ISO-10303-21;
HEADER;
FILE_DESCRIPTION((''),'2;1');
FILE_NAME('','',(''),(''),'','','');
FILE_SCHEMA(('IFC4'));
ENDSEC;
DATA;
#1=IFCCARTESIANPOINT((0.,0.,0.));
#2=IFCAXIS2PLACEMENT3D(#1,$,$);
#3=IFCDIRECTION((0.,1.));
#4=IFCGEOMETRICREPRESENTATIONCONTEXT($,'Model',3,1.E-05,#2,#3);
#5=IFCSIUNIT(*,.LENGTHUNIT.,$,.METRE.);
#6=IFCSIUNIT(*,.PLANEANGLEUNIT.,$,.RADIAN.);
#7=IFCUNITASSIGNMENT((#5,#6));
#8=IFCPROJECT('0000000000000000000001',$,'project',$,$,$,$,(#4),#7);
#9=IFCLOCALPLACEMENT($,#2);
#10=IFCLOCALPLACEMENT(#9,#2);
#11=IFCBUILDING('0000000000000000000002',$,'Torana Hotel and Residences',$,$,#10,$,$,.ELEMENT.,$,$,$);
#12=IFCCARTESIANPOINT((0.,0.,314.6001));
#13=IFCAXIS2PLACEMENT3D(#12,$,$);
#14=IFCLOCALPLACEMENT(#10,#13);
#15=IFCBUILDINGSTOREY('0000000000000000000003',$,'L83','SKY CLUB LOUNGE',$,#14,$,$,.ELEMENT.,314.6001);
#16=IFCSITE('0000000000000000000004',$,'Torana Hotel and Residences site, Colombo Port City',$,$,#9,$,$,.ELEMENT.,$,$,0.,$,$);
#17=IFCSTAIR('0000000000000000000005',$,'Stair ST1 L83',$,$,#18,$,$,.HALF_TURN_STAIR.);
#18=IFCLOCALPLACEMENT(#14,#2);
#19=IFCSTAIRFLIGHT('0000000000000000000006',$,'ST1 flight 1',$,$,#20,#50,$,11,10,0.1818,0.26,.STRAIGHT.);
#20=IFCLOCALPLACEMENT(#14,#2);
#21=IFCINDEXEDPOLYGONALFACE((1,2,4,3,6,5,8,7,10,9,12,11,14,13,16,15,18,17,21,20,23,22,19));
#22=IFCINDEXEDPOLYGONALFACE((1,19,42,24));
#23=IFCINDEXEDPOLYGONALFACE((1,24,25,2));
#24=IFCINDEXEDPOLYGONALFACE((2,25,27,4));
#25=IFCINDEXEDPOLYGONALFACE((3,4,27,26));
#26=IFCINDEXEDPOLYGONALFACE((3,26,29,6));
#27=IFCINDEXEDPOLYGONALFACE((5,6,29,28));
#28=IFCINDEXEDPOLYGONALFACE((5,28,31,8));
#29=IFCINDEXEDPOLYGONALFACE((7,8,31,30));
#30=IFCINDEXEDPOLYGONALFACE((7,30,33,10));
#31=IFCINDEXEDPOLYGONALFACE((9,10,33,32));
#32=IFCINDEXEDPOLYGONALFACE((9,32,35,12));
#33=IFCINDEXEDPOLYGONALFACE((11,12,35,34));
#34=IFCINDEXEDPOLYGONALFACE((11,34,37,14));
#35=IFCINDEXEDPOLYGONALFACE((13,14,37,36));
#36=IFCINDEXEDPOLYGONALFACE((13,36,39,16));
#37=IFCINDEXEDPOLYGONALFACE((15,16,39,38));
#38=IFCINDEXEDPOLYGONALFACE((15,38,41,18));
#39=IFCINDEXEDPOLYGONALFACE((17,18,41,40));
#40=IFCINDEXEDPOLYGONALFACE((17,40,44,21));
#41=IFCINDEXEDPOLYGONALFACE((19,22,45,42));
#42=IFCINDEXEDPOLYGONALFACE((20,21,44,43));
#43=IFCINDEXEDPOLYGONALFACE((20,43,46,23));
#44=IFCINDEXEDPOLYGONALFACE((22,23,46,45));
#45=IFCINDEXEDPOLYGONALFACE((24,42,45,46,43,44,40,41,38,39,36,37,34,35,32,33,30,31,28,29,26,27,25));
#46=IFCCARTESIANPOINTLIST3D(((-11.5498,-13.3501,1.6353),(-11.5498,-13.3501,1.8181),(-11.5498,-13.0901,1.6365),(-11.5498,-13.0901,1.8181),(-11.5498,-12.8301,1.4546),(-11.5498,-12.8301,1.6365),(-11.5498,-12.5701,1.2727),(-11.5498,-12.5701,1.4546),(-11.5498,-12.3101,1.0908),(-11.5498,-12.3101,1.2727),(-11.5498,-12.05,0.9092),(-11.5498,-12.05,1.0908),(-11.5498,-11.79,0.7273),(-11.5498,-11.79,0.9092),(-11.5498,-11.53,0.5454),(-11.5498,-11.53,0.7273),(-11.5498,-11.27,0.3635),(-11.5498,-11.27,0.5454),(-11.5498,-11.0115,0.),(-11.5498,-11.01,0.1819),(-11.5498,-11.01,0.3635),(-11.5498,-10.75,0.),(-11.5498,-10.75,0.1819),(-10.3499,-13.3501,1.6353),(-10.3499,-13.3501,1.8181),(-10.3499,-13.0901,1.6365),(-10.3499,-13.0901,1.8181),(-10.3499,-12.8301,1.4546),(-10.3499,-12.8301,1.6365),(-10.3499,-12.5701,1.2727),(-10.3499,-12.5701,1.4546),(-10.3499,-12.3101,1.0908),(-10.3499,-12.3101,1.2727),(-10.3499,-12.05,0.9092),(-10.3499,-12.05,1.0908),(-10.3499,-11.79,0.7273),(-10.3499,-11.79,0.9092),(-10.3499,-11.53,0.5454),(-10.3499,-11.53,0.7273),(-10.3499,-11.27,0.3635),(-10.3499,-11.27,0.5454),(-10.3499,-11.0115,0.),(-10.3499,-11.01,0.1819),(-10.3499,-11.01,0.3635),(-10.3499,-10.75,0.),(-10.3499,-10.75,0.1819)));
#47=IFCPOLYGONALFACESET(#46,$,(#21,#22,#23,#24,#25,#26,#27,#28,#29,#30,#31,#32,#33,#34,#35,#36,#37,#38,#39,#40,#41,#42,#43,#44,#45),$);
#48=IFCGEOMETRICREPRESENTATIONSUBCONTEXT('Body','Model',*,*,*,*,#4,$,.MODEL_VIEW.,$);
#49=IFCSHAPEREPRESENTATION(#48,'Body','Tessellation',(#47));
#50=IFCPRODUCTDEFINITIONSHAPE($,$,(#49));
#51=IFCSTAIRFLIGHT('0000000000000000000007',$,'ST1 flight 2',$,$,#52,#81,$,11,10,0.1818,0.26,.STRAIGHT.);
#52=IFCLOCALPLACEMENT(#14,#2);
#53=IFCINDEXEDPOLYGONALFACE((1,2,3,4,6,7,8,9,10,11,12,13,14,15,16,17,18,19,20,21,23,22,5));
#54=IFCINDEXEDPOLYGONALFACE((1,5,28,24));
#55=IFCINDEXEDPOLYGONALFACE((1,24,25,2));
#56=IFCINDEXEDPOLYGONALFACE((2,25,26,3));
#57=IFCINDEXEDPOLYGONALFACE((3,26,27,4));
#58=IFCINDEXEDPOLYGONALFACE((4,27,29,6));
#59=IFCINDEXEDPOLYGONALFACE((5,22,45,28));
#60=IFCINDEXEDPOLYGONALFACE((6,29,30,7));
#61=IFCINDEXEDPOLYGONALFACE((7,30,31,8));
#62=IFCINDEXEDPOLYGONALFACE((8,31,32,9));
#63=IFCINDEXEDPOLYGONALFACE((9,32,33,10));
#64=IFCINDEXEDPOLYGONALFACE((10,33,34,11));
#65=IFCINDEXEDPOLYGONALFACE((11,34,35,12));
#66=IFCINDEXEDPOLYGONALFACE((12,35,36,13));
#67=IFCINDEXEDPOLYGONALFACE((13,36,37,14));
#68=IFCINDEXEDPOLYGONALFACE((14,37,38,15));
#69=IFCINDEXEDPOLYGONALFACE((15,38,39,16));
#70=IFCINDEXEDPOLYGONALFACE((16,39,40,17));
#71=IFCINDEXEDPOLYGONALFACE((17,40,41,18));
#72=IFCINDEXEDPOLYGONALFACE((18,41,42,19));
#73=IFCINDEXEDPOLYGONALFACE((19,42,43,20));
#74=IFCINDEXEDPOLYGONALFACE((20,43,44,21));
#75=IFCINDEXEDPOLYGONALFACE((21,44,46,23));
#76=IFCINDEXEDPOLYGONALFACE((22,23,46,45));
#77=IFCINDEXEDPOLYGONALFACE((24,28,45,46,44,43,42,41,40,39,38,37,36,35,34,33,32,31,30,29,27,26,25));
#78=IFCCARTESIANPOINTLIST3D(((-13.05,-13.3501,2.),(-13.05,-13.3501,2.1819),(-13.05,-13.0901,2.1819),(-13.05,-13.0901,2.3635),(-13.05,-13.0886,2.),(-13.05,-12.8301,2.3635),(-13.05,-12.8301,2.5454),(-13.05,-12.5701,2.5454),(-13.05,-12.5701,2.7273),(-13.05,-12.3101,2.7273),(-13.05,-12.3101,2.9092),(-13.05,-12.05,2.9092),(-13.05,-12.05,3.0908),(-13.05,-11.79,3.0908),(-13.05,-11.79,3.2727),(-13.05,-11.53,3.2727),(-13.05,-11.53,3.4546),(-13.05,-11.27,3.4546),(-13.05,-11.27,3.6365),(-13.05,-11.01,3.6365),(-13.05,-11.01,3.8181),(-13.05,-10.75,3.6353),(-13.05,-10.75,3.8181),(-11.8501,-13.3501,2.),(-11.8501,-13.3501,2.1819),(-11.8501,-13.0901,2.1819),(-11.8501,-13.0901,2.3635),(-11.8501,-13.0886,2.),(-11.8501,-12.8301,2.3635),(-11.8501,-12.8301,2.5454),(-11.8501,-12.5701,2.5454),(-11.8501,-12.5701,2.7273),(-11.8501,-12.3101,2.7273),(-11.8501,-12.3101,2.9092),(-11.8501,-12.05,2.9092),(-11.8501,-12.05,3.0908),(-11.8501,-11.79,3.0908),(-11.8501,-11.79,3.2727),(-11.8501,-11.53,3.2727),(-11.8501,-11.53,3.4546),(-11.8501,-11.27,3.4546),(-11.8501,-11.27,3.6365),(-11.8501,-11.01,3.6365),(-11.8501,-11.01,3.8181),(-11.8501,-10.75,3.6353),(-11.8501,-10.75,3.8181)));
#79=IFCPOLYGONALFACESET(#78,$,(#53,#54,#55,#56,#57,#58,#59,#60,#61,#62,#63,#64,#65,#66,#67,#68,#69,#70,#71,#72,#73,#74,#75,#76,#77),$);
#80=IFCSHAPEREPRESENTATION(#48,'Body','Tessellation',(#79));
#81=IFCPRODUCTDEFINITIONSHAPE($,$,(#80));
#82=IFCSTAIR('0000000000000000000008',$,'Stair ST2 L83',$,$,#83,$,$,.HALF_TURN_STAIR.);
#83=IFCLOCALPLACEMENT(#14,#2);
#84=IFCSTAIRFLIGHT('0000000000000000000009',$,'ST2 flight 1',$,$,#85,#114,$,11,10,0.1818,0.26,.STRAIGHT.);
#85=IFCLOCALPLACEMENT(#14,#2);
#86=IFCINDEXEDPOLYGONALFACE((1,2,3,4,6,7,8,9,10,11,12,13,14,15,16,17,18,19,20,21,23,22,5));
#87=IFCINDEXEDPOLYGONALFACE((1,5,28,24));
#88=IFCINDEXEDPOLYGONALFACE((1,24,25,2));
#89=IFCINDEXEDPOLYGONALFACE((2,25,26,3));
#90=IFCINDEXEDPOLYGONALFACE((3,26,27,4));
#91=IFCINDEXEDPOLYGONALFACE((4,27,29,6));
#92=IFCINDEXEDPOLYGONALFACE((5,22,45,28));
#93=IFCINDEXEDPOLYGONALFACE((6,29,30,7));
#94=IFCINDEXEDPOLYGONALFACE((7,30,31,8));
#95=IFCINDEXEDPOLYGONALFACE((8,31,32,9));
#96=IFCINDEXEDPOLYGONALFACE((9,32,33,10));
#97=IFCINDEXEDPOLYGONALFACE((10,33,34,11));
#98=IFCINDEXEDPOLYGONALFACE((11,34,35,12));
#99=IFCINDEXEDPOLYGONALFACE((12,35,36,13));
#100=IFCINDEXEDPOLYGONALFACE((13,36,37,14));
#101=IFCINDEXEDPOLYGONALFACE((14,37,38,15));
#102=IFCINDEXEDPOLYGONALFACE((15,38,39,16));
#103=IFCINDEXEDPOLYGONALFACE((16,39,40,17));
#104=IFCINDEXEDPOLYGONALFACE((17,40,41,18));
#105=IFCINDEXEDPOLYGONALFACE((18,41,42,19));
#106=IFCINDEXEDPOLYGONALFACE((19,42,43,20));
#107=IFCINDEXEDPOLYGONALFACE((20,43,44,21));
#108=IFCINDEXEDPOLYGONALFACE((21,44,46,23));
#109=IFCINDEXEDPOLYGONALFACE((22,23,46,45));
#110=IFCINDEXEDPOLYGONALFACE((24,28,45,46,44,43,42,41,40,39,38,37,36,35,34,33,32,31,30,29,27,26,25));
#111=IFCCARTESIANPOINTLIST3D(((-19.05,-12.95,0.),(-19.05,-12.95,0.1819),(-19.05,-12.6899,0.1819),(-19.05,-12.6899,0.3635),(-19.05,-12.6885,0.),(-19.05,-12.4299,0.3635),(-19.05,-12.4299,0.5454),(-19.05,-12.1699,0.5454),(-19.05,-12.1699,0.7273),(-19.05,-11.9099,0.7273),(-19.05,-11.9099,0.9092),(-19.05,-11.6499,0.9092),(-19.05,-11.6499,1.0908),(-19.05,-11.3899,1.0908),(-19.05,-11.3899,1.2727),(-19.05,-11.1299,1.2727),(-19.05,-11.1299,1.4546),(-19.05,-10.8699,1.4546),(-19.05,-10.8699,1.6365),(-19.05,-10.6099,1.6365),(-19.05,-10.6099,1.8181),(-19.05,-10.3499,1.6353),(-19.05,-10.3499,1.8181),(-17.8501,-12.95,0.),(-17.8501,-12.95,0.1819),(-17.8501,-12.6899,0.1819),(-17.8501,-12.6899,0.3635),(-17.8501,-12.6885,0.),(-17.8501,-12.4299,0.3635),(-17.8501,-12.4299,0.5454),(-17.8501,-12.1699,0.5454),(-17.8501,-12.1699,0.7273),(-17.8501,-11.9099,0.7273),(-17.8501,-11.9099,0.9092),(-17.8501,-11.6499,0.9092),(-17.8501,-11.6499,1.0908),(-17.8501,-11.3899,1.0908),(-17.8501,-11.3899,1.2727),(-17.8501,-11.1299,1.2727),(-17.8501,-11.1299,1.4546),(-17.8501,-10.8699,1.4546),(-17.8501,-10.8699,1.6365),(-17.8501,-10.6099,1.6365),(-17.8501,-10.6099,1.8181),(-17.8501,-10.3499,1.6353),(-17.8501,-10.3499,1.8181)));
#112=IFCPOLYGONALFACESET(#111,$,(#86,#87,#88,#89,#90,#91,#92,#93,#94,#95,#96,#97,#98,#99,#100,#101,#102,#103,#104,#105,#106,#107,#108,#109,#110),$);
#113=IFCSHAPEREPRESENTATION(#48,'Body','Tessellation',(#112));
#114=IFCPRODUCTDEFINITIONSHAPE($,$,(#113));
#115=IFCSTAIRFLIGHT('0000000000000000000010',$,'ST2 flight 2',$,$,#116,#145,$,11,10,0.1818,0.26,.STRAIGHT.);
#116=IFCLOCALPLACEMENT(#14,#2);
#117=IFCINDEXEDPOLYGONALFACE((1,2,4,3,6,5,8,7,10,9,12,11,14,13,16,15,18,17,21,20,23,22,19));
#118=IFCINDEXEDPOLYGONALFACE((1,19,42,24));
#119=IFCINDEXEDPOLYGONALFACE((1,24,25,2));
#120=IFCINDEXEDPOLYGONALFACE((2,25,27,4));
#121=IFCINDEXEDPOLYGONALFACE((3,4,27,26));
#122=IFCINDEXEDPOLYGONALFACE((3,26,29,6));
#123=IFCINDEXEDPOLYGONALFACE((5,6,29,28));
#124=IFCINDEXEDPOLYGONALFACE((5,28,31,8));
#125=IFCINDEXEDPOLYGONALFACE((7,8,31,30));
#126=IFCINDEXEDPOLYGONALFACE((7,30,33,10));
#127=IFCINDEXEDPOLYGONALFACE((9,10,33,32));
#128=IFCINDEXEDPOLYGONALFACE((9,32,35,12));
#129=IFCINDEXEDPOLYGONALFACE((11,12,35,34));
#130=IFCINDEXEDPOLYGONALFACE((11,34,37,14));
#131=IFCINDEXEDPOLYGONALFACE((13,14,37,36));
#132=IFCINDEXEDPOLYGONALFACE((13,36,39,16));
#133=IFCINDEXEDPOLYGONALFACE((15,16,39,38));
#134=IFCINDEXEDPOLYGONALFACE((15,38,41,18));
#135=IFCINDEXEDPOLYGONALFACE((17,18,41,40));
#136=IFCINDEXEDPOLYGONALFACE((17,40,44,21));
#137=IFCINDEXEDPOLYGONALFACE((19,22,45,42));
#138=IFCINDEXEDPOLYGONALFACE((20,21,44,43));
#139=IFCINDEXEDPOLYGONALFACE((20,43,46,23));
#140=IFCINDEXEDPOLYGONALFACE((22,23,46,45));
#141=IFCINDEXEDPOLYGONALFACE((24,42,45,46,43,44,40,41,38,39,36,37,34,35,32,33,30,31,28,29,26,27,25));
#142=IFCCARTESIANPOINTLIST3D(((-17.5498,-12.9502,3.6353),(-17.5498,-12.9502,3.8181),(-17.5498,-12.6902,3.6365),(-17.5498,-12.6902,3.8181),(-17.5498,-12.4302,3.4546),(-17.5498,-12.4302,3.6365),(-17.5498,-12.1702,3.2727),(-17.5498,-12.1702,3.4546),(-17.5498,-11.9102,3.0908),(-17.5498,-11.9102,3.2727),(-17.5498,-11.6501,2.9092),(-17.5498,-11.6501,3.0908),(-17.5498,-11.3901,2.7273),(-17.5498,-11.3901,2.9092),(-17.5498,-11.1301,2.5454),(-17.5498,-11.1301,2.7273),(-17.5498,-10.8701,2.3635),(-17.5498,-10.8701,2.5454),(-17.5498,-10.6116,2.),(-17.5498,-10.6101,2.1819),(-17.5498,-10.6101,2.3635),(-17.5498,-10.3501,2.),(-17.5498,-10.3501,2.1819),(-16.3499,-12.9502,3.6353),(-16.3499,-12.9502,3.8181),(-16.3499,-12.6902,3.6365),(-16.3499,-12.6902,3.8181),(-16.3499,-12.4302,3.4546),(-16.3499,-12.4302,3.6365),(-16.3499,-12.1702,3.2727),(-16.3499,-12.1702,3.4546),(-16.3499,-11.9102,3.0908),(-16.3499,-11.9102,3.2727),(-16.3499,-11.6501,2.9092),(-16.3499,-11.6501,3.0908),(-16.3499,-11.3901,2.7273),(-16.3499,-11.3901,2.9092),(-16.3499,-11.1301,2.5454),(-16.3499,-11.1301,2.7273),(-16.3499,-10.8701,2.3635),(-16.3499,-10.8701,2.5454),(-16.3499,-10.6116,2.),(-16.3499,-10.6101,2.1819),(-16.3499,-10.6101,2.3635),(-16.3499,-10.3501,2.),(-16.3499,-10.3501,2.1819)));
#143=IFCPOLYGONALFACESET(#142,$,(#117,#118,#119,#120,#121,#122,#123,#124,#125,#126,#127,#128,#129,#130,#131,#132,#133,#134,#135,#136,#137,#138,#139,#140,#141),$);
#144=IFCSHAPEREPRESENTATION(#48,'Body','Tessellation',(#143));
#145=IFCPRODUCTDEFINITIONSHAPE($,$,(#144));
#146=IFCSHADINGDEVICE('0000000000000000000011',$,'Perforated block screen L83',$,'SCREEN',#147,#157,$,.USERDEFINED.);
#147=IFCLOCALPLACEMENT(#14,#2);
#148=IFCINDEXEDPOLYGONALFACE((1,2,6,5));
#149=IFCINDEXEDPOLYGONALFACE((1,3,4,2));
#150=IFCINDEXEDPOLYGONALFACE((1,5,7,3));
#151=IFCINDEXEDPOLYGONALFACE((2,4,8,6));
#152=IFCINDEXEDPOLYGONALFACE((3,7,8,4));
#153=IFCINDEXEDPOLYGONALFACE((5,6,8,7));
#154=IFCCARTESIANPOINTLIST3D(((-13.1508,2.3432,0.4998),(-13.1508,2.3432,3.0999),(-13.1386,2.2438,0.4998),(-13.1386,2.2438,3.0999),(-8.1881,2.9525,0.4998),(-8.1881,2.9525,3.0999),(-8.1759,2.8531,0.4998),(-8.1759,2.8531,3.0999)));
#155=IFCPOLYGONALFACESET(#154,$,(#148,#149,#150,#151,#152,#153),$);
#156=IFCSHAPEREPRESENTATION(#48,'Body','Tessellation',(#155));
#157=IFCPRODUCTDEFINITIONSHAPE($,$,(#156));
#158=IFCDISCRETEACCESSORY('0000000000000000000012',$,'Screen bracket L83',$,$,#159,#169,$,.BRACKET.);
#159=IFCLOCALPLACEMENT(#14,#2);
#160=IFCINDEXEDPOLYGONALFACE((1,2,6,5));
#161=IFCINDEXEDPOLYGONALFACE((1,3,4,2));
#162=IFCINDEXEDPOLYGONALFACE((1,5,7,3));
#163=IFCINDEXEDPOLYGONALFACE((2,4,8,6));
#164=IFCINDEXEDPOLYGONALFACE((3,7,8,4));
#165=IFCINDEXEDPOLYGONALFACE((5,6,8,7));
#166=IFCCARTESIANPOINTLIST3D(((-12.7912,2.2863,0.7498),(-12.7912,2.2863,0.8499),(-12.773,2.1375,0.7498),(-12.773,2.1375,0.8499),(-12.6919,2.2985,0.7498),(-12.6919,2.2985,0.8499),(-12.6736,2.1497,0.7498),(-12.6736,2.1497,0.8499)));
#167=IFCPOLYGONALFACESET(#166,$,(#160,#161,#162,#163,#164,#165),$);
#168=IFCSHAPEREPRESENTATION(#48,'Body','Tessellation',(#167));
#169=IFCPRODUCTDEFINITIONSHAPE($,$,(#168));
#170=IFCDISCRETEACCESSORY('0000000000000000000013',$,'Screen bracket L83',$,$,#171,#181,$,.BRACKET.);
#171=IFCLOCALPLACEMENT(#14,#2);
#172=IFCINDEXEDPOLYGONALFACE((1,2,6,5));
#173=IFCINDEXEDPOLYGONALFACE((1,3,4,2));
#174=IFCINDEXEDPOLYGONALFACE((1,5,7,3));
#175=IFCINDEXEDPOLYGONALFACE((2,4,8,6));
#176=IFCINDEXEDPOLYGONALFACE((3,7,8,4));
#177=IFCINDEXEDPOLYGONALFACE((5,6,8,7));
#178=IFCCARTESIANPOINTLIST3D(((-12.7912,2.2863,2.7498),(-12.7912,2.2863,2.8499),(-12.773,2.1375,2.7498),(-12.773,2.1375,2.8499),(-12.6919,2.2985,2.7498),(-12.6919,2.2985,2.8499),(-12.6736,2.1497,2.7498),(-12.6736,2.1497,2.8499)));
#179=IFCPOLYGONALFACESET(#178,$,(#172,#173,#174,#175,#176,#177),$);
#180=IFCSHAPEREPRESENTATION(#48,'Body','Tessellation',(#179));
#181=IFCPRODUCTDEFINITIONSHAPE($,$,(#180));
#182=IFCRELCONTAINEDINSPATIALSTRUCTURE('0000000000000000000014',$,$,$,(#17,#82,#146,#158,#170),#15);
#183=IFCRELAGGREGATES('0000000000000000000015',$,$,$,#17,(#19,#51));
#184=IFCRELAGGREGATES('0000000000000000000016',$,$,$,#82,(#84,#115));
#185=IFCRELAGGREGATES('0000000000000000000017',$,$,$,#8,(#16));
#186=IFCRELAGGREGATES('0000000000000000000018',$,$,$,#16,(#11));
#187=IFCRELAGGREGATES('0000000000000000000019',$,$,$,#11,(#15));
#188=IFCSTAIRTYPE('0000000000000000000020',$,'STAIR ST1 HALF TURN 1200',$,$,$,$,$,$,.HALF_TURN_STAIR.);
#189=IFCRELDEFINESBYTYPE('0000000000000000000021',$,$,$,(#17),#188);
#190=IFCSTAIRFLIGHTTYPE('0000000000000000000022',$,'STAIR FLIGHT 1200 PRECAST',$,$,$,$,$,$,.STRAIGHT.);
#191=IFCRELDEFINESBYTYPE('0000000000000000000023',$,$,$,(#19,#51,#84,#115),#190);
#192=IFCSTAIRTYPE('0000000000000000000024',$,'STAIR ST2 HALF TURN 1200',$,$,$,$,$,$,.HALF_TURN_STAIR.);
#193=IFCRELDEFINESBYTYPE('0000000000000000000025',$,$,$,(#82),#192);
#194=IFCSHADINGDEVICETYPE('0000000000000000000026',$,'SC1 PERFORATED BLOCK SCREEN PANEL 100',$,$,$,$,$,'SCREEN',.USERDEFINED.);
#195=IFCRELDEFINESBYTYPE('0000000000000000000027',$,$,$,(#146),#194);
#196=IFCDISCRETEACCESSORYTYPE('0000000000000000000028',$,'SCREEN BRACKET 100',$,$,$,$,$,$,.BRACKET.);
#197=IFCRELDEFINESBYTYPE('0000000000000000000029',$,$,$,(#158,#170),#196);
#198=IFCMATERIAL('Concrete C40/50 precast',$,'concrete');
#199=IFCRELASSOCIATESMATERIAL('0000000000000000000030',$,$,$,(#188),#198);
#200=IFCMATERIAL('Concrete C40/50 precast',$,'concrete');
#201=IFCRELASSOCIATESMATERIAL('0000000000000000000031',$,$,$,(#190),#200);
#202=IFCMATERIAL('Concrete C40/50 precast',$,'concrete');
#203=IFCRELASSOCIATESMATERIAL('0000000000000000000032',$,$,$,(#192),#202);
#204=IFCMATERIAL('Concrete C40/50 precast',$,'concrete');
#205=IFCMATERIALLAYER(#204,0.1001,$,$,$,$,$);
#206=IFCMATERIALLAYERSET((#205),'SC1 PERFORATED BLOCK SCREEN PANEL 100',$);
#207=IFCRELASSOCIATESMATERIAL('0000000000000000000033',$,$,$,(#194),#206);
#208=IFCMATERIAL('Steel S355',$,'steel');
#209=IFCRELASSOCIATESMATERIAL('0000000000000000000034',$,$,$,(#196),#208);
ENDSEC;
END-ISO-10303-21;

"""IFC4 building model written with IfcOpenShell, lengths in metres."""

from ifc_helpers import new_model, si_unit, direction, frame, origin, origin_2d, place, context, subcontext, project, spatial, polyline, rectangle, outline, extrude, material, layer, layer_set, type_object, element, aggregate, save


model = new_model("IFC4")

# Units and contexts
model_context = context("Model", 3, precision=1e-05, world=origin(), true_north=direction((0.0, 1.0)))
body_context = subcontext(model_context, "Body", "Model", "MODEL_VIEW")
ifc_project = project(units=[si_unit("LENGTHUNIT", "METRE"), si_unit("PLANEANGLEUNIT", "RADIAN")], contexts=[model_context])

# Site, building, storey
site_placement = place(None, origin())
site = spatial("IfcSite", under=ifc_project, at=site_placement, Name="Torana Hotel and Residences site, Colombo Port City", CompositionType="ELEMENT", RefElevation=0.0)
building_placement = place(site_placement, origin())
building = spatial("IfcBuilding", under=site, at=building_placement, Name="Torana Hotel and Residences", CompositionType="ELEMENT")
storey_placement = place(building_placement, frame((0.0, 0.0, 314.6001)))
storey = spatial("IfcBuildingStorey", under=building, at=storey_placement, Name="L83", Description="SKY CLUB LOUNGE", CompositionType="ELEMENT", Elevation=314.6001)

# Stairs, stair flights
ifc_material_1 = material(Name="Concrete C40/50 precast", Category="concrete")
stair_type_1 = type_object("IfcStairType", Name="STAIR ST1 HALF TURN 1200", PredefinedType="HALF_TURN_STAIR", material=ifc_material_1)
stair_1_placement = place(storey_placement, origin())
stair_1 = element("IfcStair", 1, at=stair_1_placement, inside=storey, type_object=stair_type_1, Name="Stair ST1 L83", PredefinedType="HALF_TURN_STAIR")
ifc_material_2 = material(Name="Concrete C40/50 precast", Category="concrete")
stair_flight_type = type_object("IfcStairFlightType", Name="STAIR FLIGHT 1200 PRECAST", PredefinedType="STRAIGHT", material=ifc_material_2)
stair_flight_1_placement = place(storey_placement, frame((-10.95, -10.75, 0.0), z_axis=(0.0, 0.0, 1.0), x_axis=(0.0, -1.0, 0.0)))
stair_flight_1 = element("IfcStairFlight", 2, at=stair_flight_1_placement, type_object=stair_flight_type, Name="ST1 flight 1", NumberOfRisers=11, NumberOfTreads=10, PredefinedType="STRAIGHT", RiserHeight=0.1818, TreadLength=0.26, context=body_context, shape_type="SweptSolid", body=[
    extrude(outline(polyline([(0.0, 0.0), (0.0, 0.1819), (0.26, 0.1819), (0.26, 0.3635), (0.52, 0.3635), (0.52, 0.5454), (0.78, 0.5454), (0.78, 0.7273), (1.04, 0.7273), (1.04, 0.9092), (1.3, 0.9092), (1.3, 1.0908), (1.5601, 1.0908), (1.5601, 1.2727), (1.8201, 1.2727), (1.8201, 1.4546), (2.0801, 1.4546), (2.0801, 1.6365), (2.3401, 1.6365), (2.3401, 1.8181), (2.6001, 1.8181), (2.6001, 2.0), (2.6001, 1.6353), (0.2615, 0.0), (0.0, 0.0)])), frame((0.0, 0.6001, 0.0), z_axis=(0.0, -1.0, 0.0), x_axis=(1.0, 0.0, 0.0)), (0.0, 0.0, 1.0), 1.2),
])
stair_flight_2_placement = place(storey_placement, frame((-12.45, -13.3501, 2.0), z_axis=(0.0, 0.0, 1.0), x_axis=(0.0, 1.0, 0.0)))
stair_flight_2 = element("IfcStairFlight", 3, at=stair_flight_2_placement, type_object=stair_flight_type, Name="ST1 flight 2", NumberOfRisers=11, NumberOfTreads=10, PredefinedType="STRAIGHT", RiserHeight=0.1818, TreadLength=0.26, context=body_context, shape_type="SweptSolid", body=[
    extrude(outline(polyline([(0.0, 0.0), (0.0, 0.1819), (0.26, 0.1819), (0.26, 0.3635), (0.52, 0.3635), (0.52, 0.5454), (0.78, 0.5454), (0.78, 0.7273), (1.04, 0.7273), (1.04, 0.9092), (1.3, 0.9092), (1.3, 1.0908), (1.5601, 1.0908), (1.5601, 1.2727), (1.8201, 1.2727), (1.8201, 1.4546), (2.0801, 1.4546), (2.0801, 1.6365), (2.3401, 1.6365), (2.3401, 1.8181), (2.6001, 1.8181), (2.6001, 2.0), (2.6001, 1.6353), (0.2615, 0.0), (0.0, 0.0)])), frame((0.0, 0.6001, 0.0), z_axis=(0.0, -1.0, 0.0), x_axis=(1.0, 0.0, 0.0)), (0.0, 0.0, 1.0), 1.2),
])
aggregate(stair_1, [stair_flight_1, stair_flight_2])
ifc_material_3 = material(Name="Concrete C40/50 precast", Category="concrete")
stair_type_2 = type_object("IfcStairType", Name="STAIR ST2 HALF TURN 1200", PredefinedType="HALF_TURN_STAIR", material=ifc_material_3)
stair_2_placement = place(storey_placement, origin())
stair_2 = element("IfcStair", 4, at=stair_2_placement, inside=storey, type_object=stair_type_2, Name="Stair ST2 L83", PredefinedType="HALF_TURN_STAIR")
stair_flight_3_placement = place(storey_placement, frame((-18.45, -12.95, 0.0), z_axis=(0.0, 0.0, 1.0), x_axis=(0.0, 1.0, 0.0)))
stair_flight_3 = element("IfcStairFlight", 5, at=stair_flight_3_placement, type_object=stair_flight_type, Name="ST2 flight 1", NumberOfRisers=11, NumberOfTreads=10, PredefinedType="STRAIGHT", RiserHeight=0.1818, TreadLength=0.26, context=body_context, shape_type="SweptSolid", body=[
    extrude(outline(polyline([(0.0, 0.0), (0.0, 0.1819), (0.26, 0.1819), (0.26, 0.3635), (0.52, 0.3635), (0.52, 0.5454), (0.78, 0.5454), (0.78, 0.7273), (1.04, 0.7273), (1.04, 0.9092), (1.3, 0.9092), (1.3, 1.0908), (1.5601, 1.0908), (1.5601, 1.2727), (1.8201, 1.2727), (1.8201, 1.4546), (2.0801, 1.4546), (2.0801, 1.6365), (2.3401, 1.6365), (2.3401, 1.8181), (2.6001, 1.8181), (2.6001, 2.0), (2.6001, 1.6353), (0.2615, 0.0), (0.0, 0.0)])), frame((0.0, 0.6001, 0.0), z_axis=(0.0, -1.0, 0.0), x_axis=(1.0, 0.0, 0.0)), (0.0, 0.0, 1.0), 1.2),
])
stair_flight_4_placement = place(storey_placement, frame((-16.95, -10.3501, 2.0), z_axis=(0.0, 0.0, 1.0), x_axis=(0.0, -1.0, 0.0)))
stair_flight_4 = element("IfcStairFlight", 6, at=stair_flight_4_placement, type_object=stair_flight_type, Name="ST2 flight 2", NumberOfRisers=11, NumberOfTreads=10, PredefinedType="STRAIGHT", RiserHeight=0.1818, TreadLength=0.26, context=body_context, shape_type="SweptSolid", body=[
    extrude(outline(polyline([(0.0, 0.0), (0.0, 0.1819), (0.26, 0.1819), (0.26, 0.3635), (0.52, 0.3635), (0.52, 0.5454), (0.78, 0.5454), (0.78, 0.7273), (1.04, 0.7273), (1.04, 0.9092), (1.3, 0.9092), (1.3, 1.0908), (1.5601, 1.0908), (1.5601, 1.2727), (1.8201, 1.2727), (1.8201, 1.4546), (2.0801, 1.4546), (2.0801, 1.6365), (2.3401, 1.6365), (2.3401, 1.8181), (2.6001, 1.8181), (2.6001, 2.0), (2.6001, 1.6353), (0.2615, 0.0), (0.0, 0.0)])), frame((0.0, 0.6001, 0.0), z_axis=(0.0, -1.0, 0.0), x_axis=(1.0, 0.0, 0.0)), (0.0, 0.0, 1.0), 1.2),
])
aggregate(stair_2, [stair_flight_3, stair_flight_4])

# Shading device
ifc_material_4 = material(Name="Concrete C40/50 precast", Category="concrete")
ifc_layer_1 = layer(ifc_material_4, 0.1001)
ifc_layer_set_1 = layer_set([ifc_layer_1], Name="SC1 PERFORATED BLOCK SCREEN PANEL 100")
shading_device_type = type_object("IfcShadingDeviceType", Name="SC1 PERFORATED BLOCK SCREEN PANEL 100", ElementType="SCREEN", PredefinedType="USERDEFINED", material=ifc_layer_set_1)
shading_device_placement = place(storey_placement, frame((-10.6633, 2.5981, 0.4998), z_axis=(0.0, 0.0, 1.0), x_axis=(-0.992547, -0.121866, 0.0)))
element("IfcShadingDevice", 7, at=shading_device_placement, inside=storey, type_object=shading_device_type, Name="Perforated block screen L83", ObjectType="SCREEN", PredefinedType="USERDEFINED", context=body_context, shape_type="SweptSolid", body=[
    extrude(rectangle(XDim=5.0, YDim=0.1001, at=origin_2d()), origin(), (0.0, 0.0, 1.0), 2.6001),
])

# Discrete accessories
ifc_material_5 = material(Name="Steel S355", Category="steel")
discrete_accessory_type = type_object("IfcDiscreteAccessoryType", Name="SCREEN BRACKET 100", PredefinedType="BRACKET", material=ifc_material_5)
for number, where, z_axis, x_axis, name in (
    (8, (-12.7324, 2.218, 0.7498), (0.0, 0.0, 1.0), (-0.992547, -0.121866, 0.0), "Screen bracket L83"),
    (9, (-12.7324, 2.218, 2.7498), (0.0, 0.0, 1.0), (-0.992547, -0.121866, 0.0), "Screen bracket L83"),
):
    element("IfcDiscreteAccessory", number, at=place(storey_placement, frame(where, z_axis=z_axis, x_axis=x_axis)), inside=storey, type_object=discrete_accessory_type, Name=name, PredefinedType="BRACKET", context=body_context, shape_type="SweptSolid", body=[
        extrude(rectangle(XDim=0.1001, YDim=0.1499, at=origin_2d()), origin(), (0.0, 0.0, 1.0), 0.1001),
    ])

save(model, "model.ifc")
